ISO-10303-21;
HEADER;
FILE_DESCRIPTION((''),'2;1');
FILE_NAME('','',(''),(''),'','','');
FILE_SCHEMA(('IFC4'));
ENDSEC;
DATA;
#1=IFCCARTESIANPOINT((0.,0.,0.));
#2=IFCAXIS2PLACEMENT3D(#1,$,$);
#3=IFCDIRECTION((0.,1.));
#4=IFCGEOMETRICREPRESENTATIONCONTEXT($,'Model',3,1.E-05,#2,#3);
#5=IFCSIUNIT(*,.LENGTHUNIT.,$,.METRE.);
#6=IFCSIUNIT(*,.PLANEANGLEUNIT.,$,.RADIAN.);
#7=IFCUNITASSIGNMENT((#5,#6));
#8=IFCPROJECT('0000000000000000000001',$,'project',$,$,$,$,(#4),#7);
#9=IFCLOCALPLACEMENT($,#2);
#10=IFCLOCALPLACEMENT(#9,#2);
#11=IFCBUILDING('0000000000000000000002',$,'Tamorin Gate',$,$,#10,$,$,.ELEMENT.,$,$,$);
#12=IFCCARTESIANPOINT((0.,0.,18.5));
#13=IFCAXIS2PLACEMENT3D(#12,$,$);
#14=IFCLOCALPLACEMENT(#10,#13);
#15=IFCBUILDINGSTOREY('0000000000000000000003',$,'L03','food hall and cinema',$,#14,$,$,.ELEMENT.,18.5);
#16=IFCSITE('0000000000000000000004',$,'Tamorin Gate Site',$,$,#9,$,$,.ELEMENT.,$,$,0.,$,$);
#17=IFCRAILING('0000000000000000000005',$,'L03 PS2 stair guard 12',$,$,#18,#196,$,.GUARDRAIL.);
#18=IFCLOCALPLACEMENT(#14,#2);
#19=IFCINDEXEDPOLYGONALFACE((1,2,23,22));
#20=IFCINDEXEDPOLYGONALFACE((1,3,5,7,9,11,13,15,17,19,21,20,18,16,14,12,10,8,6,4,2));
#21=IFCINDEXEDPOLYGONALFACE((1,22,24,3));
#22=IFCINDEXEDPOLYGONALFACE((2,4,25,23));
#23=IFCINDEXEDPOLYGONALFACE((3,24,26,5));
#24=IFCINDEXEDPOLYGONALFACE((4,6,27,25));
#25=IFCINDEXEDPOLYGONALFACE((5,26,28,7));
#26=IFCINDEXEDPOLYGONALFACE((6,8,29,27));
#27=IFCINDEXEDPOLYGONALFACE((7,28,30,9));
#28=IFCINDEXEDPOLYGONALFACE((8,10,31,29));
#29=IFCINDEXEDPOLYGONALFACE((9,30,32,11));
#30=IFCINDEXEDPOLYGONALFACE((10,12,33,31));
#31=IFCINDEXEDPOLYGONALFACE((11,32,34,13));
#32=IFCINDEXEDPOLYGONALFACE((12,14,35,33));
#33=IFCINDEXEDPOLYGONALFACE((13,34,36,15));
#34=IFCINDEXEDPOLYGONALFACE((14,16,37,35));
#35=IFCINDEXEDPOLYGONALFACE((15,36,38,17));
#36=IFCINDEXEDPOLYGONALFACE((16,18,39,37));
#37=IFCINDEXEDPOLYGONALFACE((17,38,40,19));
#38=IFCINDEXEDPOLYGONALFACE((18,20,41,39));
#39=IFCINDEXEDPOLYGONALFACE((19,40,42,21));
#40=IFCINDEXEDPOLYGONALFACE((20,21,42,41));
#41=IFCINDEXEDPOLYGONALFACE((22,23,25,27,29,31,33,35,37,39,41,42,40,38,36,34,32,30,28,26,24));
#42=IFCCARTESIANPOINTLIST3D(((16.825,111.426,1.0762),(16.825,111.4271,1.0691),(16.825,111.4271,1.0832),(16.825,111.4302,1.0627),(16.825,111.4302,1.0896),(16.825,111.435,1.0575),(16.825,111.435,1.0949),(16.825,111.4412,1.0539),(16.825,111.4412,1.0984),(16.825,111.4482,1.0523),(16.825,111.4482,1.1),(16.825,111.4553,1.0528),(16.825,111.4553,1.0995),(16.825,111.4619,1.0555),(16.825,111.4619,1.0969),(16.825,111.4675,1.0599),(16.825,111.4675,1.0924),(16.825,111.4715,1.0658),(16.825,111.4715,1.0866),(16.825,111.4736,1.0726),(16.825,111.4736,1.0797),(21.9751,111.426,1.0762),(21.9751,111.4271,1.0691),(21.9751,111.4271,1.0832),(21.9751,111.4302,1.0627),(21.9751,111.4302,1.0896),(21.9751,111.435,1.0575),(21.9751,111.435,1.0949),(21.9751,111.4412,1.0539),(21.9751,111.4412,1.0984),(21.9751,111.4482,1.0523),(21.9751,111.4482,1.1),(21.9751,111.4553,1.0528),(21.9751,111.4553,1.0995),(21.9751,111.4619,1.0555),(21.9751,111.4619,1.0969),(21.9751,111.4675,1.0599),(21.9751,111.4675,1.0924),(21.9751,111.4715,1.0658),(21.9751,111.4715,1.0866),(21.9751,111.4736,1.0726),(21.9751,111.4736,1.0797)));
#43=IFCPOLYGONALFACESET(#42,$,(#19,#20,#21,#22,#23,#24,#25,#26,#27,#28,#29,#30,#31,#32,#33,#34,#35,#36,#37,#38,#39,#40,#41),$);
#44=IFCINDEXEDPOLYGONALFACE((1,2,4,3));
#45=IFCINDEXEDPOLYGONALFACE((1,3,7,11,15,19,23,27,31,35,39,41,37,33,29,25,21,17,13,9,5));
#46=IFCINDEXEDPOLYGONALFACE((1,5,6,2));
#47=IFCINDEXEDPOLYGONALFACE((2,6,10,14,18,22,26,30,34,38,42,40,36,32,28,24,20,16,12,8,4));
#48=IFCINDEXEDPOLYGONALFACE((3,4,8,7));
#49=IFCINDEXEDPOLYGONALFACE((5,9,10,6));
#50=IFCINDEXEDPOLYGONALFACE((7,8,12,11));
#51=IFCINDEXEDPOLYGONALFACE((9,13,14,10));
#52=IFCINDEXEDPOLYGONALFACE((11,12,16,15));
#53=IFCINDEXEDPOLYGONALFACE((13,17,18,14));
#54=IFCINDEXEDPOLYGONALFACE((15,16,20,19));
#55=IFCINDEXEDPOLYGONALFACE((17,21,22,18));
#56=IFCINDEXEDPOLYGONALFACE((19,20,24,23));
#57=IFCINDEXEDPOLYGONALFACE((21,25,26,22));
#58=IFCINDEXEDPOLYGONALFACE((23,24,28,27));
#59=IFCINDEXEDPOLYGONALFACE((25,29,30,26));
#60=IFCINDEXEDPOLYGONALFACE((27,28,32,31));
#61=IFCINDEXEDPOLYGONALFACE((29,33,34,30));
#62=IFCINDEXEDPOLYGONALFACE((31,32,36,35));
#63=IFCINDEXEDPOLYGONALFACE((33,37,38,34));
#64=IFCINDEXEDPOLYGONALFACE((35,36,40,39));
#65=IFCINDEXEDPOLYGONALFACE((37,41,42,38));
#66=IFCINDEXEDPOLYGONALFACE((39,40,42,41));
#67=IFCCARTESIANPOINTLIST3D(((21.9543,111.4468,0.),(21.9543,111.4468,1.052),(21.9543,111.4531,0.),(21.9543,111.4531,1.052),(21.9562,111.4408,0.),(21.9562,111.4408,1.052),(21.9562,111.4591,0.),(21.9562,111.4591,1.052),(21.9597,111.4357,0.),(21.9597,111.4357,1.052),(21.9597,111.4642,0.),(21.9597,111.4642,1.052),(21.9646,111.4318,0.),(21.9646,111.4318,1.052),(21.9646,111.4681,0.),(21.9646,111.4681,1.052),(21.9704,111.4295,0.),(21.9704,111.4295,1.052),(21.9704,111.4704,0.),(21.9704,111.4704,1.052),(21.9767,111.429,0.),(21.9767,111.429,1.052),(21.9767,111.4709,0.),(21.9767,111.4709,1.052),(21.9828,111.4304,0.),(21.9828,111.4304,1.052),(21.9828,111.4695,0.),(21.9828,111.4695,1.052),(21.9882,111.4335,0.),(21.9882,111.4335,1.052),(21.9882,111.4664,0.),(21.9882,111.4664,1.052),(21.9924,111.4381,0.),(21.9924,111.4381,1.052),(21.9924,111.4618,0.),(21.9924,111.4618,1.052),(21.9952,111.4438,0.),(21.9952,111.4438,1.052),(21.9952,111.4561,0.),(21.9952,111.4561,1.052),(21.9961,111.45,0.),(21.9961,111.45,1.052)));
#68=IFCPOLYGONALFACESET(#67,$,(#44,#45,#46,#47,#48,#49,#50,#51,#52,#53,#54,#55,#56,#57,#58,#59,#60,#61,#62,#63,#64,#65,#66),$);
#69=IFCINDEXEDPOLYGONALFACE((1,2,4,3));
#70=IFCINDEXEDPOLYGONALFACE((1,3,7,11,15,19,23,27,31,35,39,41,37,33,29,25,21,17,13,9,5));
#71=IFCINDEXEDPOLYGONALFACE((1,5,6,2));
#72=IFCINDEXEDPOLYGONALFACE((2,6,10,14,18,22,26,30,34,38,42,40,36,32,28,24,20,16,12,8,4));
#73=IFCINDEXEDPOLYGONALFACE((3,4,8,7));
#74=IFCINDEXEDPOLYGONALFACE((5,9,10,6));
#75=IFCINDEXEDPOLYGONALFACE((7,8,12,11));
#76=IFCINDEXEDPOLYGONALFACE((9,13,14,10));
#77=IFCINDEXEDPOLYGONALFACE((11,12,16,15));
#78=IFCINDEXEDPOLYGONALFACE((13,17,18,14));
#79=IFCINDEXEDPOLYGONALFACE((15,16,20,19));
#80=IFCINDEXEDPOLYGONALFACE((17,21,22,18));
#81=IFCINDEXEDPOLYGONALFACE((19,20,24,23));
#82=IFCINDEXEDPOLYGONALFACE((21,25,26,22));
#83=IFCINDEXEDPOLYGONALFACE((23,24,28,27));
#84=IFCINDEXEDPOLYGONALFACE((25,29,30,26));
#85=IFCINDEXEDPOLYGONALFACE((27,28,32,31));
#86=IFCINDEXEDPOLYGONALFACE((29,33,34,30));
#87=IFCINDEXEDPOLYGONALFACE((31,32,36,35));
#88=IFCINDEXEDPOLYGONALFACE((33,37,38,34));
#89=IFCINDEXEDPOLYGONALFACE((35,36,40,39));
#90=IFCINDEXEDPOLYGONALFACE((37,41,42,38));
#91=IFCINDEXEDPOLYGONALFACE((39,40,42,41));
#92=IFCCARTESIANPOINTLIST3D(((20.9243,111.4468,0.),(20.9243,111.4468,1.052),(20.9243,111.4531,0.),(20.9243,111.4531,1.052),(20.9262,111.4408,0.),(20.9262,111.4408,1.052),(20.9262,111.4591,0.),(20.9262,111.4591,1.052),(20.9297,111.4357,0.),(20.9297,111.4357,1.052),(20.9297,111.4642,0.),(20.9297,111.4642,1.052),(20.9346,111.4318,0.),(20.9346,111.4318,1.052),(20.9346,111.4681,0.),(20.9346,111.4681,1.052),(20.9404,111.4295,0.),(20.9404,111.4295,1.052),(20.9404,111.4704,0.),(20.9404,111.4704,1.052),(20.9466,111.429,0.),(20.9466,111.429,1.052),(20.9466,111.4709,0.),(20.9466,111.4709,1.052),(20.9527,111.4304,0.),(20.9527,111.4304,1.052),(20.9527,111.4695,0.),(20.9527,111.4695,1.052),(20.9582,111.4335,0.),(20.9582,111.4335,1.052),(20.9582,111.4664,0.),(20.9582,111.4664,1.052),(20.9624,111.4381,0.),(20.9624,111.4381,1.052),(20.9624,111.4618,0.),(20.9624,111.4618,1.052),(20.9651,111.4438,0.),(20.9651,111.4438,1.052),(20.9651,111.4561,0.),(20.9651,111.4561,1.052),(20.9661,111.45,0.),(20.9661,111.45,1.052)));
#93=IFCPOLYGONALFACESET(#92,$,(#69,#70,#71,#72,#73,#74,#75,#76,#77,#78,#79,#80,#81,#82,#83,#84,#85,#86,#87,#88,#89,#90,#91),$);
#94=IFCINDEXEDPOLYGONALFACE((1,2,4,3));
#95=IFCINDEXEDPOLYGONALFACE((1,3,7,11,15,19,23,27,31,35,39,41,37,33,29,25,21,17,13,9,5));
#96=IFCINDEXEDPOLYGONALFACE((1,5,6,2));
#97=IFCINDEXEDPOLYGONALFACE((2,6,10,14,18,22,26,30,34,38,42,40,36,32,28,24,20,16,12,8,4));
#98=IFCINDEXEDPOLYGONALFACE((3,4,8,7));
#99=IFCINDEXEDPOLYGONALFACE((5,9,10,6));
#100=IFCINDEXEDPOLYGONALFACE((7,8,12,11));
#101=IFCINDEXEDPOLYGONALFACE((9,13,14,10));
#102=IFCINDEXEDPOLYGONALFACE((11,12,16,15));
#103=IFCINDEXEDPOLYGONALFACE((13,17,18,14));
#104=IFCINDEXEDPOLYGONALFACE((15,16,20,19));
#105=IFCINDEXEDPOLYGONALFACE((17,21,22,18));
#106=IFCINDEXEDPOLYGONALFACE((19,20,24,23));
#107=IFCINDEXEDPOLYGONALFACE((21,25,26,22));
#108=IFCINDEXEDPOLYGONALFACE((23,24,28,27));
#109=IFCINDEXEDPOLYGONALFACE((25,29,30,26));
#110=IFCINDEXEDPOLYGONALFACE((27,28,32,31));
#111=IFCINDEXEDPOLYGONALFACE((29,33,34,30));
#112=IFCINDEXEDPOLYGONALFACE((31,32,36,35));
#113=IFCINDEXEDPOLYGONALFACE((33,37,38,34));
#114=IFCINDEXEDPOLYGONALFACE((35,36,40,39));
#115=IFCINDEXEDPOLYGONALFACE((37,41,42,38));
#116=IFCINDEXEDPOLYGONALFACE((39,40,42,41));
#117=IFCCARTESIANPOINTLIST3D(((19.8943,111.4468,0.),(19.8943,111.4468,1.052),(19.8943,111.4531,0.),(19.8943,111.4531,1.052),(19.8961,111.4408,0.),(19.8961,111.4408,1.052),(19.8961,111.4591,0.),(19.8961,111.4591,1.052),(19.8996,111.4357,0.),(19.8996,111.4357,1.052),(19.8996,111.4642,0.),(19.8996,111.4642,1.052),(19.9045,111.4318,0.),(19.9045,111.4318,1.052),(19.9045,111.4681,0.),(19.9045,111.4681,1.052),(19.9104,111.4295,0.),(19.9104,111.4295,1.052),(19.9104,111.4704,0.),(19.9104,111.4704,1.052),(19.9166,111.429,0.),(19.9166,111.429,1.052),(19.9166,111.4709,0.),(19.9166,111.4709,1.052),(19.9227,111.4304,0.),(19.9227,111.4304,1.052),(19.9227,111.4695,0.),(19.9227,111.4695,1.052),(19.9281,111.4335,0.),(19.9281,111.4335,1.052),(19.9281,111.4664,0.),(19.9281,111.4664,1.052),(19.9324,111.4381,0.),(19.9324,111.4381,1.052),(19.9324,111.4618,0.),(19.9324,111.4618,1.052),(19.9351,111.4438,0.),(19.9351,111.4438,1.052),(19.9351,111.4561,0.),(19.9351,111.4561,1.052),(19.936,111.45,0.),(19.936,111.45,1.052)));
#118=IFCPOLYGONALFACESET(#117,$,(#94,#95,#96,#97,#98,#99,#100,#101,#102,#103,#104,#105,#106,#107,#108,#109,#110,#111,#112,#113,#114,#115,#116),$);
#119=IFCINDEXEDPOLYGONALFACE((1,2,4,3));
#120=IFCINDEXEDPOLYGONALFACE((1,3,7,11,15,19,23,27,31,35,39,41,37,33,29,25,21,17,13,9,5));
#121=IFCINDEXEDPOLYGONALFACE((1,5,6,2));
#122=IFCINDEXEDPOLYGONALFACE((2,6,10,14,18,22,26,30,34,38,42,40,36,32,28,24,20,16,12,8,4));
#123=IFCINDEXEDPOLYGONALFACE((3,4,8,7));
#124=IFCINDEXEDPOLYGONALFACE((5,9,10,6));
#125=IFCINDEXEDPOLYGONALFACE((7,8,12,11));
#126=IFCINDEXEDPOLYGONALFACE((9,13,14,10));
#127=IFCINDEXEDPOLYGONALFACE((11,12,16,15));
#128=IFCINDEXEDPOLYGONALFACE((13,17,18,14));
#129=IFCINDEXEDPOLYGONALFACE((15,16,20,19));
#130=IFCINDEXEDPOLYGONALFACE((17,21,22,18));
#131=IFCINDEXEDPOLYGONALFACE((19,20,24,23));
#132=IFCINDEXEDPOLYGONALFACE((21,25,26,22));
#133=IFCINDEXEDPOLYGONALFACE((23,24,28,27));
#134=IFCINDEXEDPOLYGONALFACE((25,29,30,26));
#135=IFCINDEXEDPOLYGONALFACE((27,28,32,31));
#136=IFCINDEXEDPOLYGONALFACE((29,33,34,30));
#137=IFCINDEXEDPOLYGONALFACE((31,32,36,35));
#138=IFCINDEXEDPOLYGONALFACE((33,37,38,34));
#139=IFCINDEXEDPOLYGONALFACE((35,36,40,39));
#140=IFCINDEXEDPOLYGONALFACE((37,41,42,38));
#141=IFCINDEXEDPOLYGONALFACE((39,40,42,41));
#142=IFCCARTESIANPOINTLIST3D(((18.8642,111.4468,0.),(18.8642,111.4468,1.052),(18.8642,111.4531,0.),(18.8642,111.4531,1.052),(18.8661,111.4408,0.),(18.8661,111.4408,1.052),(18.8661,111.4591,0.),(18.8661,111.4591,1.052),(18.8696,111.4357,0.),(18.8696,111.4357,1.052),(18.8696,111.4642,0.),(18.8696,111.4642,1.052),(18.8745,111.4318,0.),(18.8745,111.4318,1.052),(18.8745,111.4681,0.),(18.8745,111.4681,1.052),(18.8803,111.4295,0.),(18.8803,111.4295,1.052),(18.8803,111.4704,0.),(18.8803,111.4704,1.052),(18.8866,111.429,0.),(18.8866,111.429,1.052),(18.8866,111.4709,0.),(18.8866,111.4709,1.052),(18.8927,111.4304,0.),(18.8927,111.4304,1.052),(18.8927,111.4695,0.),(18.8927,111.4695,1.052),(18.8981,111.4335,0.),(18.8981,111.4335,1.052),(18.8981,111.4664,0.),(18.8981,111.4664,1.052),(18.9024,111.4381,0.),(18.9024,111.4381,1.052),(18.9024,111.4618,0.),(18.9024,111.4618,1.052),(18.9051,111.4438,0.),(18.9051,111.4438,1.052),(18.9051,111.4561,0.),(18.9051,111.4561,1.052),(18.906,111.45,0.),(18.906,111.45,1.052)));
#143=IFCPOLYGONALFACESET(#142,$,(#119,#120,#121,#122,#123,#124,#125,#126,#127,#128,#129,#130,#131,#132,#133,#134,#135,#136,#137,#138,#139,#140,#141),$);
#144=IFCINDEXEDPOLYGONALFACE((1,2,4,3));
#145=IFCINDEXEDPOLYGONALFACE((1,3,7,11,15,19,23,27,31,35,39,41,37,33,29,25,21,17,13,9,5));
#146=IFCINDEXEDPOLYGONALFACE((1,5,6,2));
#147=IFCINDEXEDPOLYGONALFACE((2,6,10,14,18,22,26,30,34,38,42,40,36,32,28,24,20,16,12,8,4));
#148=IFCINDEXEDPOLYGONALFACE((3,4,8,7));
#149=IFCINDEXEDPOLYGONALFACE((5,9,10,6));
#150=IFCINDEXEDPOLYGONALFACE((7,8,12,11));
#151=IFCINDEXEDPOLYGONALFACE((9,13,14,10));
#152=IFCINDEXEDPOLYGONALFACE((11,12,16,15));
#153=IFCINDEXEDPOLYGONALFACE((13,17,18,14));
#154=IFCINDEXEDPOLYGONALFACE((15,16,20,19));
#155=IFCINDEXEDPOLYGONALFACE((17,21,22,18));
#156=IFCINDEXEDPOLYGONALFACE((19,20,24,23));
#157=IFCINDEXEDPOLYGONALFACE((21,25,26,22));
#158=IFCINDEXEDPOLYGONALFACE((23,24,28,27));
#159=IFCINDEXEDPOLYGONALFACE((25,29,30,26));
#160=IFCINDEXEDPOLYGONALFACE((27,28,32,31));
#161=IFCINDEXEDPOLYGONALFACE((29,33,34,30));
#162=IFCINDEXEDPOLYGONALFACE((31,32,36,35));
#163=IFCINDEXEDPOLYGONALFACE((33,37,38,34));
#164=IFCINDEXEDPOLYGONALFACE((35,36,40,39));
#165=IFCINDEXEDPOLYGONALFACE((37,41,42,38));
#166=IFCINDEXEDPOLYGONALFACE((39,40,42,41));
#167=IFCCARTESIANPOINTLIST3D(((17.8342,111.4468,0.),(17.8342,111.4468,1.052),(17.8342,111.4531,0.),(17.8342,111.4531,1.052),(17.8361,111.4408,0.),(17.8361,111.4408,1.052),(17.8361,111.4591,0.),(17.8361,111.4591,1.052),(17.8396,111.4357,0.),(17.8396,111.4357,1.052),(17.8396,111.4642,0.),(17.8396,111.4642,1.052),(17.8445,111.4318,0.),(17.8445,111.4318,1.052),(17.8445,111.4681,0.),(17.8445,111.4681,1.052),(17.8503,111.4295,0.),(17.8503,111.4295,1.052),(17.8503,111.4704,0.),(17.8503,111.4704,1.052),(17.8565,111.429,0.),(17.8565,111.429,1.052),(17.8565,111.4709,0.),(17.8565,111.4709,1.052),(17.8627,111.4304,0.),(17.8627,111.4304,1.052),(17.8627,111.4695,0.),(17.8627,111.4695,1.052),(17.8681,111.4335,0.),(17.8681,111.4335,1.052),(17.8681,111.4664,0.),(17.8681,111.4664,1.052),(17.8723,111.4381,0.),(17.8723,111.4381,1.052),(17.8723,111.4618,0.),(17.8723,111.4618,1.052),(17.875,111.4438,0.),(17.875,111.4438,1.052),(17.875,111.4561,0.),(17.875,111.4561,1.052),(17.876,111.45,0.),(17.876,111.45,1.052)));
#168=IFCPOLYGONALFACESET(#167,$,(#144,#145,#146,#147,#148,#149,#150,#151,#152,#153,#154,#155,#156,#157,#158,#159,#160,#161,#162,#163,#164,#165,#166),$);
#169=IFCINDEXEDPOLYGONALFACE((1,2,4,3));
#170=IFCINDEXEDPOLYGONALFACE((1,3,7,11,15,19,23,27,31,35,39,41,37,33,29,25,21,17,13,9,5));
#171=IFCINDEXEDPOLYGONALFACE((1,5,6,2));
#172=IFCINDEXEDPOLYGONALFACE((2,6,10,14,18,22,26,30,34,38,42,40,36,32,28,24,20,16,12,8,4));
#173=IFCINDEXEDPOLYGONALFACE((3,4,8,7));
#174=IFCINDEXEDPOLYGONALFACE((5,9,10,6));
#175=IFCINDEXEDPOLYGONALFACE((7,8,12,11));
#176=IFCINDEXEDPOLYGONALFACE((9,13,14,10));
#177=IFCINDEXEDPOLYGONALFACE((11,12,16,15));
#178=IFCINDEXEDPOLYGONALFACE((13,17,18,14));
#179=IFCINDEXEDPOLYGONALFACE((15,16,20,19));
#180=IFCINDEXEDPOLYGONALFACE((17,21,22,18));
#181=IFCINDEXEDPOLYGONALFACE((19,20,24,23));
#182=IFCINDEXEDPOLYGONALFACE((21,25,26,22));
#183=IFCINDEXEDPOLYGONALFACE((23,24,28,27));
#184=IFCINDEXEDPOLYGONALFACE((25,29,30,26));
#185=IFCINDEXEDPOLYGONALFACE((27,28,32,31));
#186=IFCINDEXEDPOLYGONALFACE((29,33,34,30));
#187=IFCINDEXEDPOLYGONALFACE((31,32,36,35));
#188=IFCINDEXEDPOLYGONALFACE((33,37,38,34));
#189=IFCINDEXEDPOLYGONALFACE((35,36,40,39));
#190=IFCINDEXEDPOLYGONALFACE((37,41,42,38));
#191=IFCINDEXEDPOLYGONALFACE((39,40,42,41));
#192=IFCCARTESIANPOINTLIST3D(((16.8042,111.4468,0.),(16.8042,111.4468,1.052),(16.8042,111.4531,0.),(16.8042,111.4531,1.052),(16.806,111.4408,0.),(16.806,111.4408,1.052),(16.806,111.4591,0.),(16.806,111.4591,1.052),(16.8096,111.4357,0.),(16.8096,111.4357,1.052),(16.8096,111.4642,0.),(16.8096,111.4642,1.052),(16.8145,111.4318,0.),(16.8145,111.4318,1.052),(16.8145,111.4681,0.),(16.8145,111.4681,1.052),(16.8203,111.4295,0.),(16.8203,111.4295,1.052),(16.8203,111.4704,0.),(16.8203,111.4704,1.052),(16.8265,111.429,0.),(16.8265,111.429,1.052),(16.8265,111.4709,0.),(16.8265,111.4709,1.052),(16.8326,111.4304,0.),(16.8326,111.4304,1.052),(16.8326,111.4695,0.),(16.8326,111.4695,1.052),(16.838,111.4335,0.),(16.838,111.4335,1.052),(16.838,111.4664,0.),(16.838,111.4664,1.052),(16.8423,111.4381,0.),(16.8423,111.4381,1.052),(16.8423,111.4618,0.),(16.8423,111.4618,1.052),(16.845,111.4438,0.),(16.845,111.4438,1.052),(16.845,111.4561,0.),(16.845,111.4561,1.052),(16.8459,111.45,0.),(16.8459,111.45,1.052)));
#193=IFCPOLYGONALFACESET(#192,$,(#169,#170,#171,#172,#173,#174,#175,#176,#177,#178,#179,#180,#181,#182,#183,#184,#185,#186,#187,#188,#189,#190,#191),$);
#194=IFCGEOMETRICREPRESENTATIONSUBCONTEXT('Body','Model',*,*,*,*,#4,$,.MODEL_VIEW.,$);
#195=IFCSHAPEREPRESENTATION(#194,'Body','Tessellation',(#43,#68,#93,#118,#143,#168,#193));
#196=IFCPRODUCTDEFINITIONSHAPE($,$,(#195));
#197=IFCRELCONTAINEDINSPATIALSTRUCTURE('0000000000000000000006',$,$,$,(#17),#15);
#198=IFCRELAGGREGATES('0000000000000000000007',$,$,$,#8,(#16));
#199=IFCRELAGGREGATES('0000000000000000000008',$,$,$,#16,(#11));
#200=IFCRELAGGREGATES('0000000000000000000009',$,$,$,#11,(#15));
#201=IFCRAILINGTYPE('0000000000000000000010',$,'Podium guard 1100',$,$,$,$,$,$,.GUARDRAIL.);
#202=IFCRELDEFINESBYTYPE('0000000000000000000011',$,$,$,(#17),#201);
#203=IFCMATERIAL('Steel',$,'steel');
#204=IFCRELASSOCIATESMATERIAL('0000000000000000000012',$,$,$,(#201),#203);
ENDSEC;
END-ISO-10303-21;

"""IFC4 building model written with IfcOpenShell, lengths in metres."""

from ifc_helpers import new_model, si_unit, direction, frame, origin, origin_2d, place, context, subcontext, project, spatial, circle, extrude, material, type_object, element, save


model = new_model("IFC4")

# Units and contexts
model_context = context("Model", 3, precision=1e-05, world=origin(), true_north=direction((0.0, 1.0)))
body_context = subcontext(model_context, "Body", "Model", "MODEL_VIEW")
ifc_project = project(units=[si_unit("LENGTHUNIT", "METRE"), si_unit("PLANEANGLEUNIT", "RADIAN")], contexts=[model_context])

# Site, building, storey
site_placement = place(None, origin())
site = spatial("IfcSite", under=ifc_project, at=site_placement, Name="Tamorin Gate Site", CompositionType="ELEMENT", RefElevation=0.0)
building_placement = place(site_placement, origin())
building = spatial("IfcBuilding", under=site, at=building_placement, Name="Tamorin Gate", CompositionType="ELEMENT")
storey_placement = place(building_placement, frame((0.0, 0.0, 18.5)))
storey = spatial("IfcBuildingStorey", under=building, at=storey_placement, Name="L03", Description="food hall and cinema", CompositionType="ELEMENT", Elevation=18.5)

# Railing
ifc_material_1 = material(Name="Steel", Category="steel")
railing_type = type_object("IfcRailingType", Name="Podium guard 1100", PredefinedType="GUARDRAIL", material=ifc_material_1)
railing_1_placement = place(storey_placement, frame((21.9751, 111.45, 0.0)))
element("IfcRailing", 1, at=railing_1_placement, inside=storey, type_object=railing_type, Name="L03 PS2 stair guard 12", PredefinedType="GUARDRAIL", context=body_context, shape_type="SweptSolid", body=[
    extrude(circle(Radius=0.0239, at=origin_2d()), frame((0.0, 0.0, 1.0762), z_axis=(-1.0, 0.0, 0.0), x_axis=(0.0, -1.0, 0.0)), (0.0, 0.0, 1.0), 5.1501),
    extrude(circle(Radius=0.021, at=origin_2d()), origin(), (0.0, 0.0, 1.0), 1.052),
    extrude(circle(Radius=0.021, at=origin_2d()), frame((-1.03, 0.0, 0.0)), (0.0, 0.0, 1.0), 1.052),
    extrude(circle(Radius=0.021, at=origin_2d()), frame((-2.0601, 0.0, 0.0)), (0.0, 0.0, 1.0), 1.052),
    extrude(circle(Radius=0.021, at=origin_2d()), frame((-3.0901, 0.0, 0.0)), (0.0, 0.0, 1.0), 1.052),
    extrude(circle(Radius=0.021, at=origin_2d()), frame((-4.1201, 0.0, 0.0)), (0.0, 0.0, 1.0), 1.052),
    extrude(circle(Radius=0.021, at=origin_2d()), frame((-5.1501, 0.0, 0.0)), (0.0, 0.0, 1.0), 1.052),
])

save(model, "model.ifc")
